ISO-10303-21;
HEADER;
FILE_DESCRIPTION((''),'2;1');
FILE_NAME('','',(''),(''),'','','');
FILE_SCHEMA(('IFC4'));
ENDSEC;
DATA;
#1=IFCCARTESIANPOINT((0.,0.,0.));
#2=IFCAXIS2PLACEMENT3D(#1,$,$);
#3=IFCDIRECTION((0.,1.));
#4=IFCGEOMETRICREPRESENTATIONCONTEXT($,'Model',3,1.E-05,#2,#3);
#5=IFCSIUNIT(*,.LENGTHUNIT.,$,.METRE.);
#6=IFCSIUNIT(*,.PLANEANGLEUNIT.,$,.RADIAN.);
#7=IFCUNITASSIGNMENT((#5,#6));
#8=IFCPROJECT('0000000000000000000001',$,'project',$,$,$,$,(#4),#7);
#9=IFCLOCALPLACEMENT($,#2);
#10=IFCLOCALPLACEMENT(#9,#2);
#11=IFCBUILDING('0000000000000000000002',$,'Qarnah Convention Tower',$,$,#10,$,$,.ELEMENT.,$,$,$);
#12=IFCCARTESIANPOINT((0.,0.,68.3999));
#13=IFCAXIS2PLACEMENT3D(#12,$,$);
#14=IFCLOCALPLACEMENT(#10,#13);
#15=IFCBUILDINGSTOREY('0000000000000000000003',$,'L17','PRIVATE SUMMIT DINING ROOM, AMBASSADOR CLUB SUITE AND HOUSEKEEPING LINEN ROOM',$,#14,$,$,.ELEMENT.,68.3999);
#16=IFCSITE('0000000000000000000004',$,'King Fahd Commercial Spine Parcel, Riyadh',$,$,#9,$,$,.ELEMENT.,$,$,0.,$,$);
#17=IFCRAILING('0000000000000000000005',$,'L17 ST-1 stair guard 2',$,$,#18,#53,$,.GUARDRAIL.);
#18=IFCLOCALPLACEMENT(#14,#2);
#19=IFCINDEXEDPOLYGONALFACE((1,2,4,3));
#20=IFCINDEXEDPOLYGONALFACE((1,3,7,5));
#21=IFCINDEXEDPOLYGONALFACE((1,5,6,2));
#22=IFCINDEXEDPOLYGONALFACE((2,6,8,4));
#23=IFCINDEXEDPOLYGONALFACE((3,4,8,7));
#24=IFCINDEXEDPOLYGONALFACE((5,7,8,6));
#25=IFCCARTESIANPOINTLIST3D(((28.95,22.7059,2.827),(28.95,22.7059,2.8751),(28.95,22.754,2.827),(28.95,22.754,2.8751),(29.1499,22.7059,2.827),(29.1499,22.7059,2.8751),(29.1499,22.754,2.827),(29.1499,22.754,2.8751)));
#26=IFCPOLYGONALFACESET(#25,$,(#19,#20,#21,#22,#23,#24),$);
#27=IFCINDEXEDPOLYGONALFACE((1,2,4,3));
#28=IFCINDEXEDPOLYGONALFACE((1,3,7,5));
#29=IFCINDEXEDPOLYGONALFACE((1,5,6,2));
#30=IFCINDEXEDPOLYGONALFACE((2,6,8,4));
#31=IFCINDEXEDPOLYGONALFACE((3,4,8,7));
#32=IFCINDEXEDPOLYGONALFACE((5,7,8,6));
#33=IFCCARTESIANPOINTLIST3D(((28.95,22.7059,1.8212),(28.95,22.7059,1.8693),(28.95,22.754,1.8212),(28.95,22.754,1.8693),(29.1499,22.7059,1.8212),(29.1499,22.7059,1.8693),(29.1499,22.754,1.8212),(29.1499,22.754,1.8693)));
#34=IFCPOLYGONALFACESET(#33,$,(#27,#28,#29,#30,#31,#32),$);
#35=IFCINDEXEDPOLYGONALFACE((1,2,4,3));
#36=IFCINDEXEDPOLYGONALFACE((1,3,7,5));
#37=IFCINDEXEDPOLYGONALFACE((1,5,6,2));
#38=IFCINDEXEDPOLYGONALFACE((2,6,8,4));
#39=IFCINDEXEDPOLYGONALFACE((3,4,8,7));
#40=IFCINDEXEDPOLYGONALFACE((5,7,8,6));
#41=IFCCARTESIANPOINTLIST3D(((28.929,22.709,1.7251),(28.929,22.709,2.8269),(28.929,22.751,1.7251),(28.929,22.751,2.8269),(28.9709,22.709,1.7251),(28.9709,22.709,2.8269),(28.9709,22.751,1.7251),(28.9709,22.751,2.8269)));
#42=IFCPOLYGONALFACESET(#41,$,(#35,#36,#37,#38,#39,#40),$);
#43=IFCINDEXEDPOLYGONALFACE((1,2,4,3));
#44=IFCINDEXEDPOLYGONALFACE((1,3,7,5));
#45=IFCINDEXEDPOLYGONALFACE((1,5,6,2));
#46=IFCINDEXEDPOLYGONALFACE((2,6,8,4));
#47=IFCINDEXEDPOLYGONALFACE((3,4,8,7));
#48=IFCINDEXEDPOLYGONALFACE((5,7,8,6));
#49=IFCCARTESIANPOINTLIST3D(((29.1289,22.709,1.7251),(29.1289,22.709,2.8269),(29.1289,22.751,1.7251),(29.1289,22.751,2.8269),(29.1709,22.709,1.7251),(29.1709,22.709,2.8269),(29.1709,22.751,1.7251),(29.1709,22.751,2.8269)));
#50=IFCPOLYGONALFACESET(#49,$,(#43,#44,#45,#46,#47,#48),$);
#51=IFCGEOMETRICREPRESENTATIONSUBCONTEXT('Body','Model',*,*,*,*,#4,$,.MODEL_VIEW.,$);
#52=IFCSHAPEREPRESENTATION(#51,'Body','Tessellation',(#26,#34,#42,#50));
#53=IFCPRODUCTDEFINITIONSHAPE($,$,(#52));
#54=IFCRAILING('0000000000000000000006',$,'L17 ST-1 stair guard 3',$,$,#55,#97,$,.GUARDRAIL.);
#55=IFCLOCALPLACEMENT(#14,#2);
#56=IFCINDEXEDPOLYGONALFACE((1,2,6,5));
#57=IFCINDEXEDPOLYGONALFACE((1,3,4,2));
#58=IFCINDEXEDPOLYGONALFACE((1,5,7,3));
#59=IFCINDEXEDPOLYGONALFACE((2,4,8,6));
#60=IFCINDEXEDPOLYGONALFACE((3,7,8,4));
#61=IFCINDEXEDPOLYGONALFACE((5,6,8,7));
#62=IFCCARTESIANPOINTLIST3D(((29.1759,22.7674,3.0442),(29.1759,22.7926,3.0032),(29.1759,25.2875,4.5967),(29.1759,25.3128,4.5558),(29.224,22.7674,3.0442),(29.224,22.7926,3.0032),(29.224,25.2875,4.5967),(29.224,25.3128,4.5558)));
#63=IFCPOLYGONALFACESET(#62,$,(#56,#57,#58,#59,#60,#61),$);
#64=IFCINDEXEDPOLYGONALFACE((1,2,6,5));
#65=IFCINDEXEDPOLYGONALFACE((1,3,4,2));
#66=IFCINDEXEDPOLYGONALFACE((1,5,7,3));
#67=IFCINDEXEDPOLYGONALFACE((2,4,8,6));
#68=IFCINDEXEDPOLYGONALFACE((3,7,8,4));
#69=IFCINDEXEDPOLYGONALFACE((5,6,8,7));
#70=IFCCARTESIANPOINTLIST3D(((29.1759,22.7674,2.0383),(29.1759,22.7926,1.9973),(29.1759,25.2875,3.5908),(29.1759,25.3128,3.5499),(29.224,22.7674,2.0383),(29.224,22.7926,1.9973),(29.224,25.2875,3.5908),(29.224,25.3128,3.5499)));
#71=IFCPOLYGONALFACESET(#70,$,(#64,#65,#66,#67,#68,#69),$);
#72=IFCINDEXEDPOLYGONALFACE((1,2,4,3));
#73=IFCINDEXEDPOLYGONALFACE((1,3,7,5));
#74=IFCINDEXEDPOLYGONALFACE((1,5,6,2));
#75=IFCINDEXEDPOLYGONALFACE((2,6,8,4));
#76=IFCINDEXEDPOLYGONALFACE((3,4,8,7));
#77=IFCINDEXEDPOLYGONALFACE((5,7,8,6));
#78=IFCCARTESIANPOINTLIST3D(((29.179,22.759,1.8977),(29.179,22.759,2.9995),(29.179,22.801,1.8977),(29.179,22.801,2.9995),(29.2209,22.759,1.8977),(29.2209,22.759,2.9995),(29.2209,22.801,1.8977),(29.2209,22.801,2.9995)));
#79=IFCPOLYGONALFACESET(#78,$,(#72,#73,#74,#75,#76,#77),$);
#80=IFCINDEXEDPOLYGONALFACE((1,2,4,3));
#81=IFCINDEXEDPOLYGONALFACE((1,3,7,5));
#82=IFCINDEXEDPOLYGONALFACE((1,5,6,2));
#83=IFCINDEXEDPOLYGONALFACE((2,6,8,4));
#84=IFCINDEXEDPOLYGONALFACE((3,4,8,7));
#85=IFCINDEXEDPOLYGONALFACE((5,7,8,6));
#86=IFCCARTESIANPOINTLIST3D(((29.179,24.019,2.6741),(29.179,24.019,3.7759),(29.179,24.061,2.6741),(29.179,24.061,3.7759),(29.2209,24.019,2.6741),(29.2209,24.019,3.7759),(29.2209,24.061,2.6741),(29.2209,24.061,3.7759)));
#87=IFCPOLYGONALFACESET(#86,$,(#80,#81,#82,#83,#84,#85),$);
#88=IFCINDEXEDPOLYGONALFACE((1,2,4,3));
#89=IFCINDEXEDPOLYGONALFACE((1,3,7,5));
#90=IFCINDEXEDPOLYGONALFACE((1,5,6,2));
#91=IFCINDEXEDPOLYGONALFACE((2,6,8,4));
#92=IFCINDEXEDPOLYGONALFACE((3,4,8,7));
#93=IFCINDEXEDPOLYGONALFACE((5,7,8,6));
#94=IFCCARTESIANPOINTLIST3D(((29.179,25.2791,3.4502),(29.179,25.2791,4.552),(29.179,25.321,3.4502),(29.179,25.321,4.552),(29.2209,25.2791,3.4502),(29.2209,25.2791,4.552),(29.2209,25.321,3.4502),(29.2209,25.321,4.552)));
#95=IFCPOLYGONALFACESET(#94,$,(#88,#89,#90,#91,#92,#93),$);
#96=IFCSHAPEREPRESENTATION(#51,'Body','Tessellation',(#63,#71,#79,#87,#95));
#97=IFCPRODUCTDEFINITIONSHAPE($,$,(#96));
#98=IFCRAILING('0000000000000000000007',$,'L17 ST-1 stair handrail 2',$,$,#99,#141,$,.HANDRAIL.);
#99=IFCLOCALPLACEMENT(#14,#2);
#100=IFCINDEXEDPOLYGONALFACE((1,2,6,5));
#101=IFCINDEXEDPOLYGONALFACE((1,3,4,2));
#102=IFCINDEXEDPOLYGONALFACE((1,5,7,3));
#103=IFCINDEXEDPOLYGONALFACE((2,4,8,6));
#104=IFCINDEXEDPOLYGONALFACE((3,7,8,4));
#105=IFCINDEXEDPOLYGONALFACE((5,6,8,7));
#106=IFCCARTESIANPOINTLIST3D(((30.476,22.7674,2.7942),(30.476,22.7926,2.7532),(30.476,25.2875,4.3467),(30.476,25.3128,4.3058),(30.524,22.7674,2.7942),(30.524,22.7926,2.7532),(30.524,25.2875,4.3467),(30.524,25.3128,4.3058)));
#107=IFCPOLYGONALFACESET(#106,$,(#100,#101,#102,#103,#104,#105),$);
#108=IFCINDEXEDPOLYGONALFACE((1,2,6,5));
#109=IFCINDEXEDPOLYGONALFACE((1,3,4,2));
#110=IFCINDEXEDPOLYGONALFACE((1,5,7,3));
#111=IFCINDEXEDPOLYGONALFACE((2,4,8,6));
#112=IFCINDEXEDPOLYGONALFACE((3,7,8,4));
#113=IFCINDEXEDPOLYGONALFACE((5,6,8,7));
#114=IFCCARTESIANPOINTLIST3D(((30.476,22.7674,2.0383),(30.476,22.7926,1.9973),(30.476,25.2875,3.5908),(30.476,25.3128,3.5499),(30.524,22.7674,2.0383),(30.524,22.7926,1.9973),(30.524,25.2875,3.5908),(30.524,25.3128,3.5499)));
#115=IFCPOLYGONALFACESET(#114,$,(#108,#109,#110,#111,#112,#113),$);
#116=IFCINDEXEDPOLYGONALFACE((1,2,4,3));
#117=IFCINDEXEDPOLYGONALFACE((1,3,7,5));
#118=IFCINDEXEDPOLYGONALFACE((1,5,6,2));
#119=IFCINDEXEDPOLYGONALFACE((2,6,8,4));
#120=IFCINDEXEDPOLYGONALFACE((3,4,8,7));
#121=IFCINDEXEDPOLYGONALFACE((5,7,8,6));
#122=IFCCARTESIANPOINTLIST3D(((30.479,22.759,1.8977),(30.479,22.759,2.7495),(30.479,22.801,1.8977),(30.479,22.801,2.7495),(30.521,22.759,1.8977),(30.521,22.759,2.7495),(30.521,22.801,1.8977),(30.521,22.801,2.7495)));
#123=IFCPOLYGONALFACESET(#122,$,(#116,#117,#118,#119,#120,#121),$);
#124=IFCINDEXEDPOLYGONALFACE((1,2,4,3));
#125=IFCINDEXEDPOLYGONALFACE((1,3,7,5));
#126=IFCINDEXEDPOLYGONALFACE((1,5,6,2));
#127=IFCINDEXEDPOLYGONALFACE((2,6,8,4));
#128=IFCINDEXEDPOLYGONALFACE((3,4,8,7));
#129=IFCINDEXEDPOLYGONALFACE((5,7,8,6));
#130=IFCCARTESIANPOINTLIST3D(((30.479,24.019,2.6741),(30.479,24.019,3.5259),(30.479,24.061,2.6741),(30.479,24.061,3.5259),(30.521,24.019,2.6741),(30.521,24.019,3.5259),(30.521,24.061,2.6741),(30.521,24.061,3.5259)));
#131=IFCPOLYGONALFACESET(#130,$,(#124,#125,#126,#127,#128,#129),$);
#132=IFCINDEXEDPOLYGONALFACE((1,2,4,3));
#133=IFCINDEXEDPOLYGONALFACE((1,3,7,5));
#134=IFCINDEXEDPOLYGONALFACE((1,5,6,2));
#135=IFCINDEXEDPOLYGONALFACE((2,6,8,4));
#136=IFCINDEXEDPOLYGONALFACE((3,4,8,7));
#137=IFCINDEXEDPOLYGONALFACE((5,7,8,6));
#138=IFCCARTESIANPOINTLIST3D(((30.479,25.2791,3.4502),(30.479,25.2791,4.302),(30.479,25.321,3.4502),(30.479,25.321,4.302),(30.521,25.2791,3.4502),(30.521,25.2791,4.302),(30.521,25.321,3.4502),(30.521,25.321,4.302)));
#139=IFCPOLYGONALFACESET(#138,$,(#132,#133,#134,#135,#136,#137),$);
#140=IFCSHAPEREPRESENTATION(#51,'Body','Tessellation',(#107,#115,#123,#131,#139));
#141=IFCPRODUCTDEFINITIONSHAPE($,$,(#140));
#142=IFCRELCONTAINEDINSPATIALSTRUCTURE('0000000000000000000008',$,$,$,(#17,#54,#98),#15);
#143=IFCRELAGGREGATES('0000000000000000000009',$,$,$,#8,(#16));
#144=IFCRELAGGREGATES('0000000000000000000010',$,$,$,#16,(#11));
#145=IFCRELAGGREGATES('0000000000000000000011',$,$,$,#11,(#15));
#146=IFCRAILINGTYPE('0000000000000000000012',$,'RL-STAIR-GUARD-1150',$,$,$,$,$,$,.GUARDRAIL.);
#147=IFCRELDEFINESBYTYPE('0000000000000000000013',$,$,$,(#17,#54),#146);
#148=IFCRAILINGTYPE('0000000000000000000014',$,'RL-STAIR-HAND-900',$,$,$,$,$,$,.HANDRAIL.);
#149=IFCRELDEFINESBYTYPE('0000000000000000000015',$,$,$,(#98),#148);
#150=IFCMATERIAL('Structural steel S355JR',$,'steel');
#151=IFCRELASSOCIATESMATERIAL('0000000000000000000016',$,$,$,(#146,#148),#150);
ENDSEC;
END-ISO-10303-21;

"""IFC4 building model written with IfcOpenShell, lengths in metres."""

from ifc_helpers import new_model, si_unit, direction, frame, origin, origin_2d, place, context, subcontext, project, spatial, rectangle, extrude, material, type_object, element, save


model = new_model("IFC4")

# Units and contexts
model_context = context("Model", 3, precision=1e-05, world=origin(), true_north=direction((0.0, 1.0)))
body_context = subcontext(model_context, "Body", "Model", "MODEL_VIEW")
ifc_project = project(units=[si_unit("LENGTHUNIT", "METRE"), si_unit("PLANEANGLEUNIT", "RADIAN")], contexts=[model_context])

# Site, building, storey
site_placement = place(None, origin())
site = spatial("IfcSite", under=ifc_project, at=site_placement, Name="King Fahd Commercial Spine Parcel, Riyadh", CompositionType="ELEMENT", RefElevation=0.0)
building_placement = place(site_placement, origin())
building = spatial("IfcBuilding", under=site, at=building_placement, Name="Qarnah Convention Tower", CompositionType="ELEMENT")
storey_placement = place(building_placement, frame((0.0, 0.0, 68.3999)))
storey = spatial("IfcBuildingStorey", under=building, at=storey_placement, Name="L17", Description="PRIVATE SUMMIT DINING ROOM, AMBASSADOR CLUB SUITE AND HOUSEKEEPING LINEN ROOM", CompositionType="ELEMENT", Elevation=68.3999)

# Shared definitions
ifc_material_1 = material(Name="Structural steel S355JR", Category="steel")

# Railings
railing_type_1 = type_object("IfcRailingType", Name="RL-STAIR-GUARD-1150", PredefinedType="GUARDRAIL", material=ifc_material_1)
railing_1_placement = place(storey_placement, frame((28.95, 22.73, 1.7251)))
element("IfcRailing", 1, at=railing_1_placement, inside=storey, type_object=railing_type_1, Name="L17 ST-1 stair guard 2", PredefinedType="GUARDRAIL", context=body_context, shape_type="SweptSolid", body=[
    extrude(rectangle(XDim=0.0481, YDim=0.0481, at=origin_2d()), frame((0.0, 0.0, 1.126), z_axis=(1.0, 0.0, 0.0), x_axis=(0.0, 1.0, 0.0)), (0.0, 0.0, 1.0), 0.2),
    extrude(rectangle(XDim=0.0481, YDim=0.0481, at=origin_2d()), frame((0.0, 0.0, 0.1201), z_axis=(1.0, 0.0, 0.0), x_axis=(0.0, 1.0, 0.0)), (0.0, 0.0, 1.0), 0.2),
    extrude(rectangle(XDim=0.042, YDim=0.042, at=origin_2d()), origin(), (0.0, 0.0, 1.0), 1.1018),
    extrude(rectangle(XDim=0.042, YDim=0.042, at=origin_2d()), frame((0.2, 0.0, 0.0)), (0.0, 0.0, 1.0), 1.1018),
])
railing_2_placement = place(storey_placement, frame((29.2, 22.78, 1.8977)))
element("IfcRailing", 2, at=railing_2_placement, inside=storey, type_object=railing_type_1, Name="L17 ST-1 stair guard 3", PredefinedType="GUARDRAIL", context=body_context, shape_type="SweptSolid", body=[
    extrude(rectangle(XDim=0.0481, YDim=0.0481, at=origin_2d()), frame((0.0, 0.0, 1.126), z_axis=(0.0, 0.8514, 0.524516), x_axis=(-1.0, 0.0, 0.0)), (0.0, 0.0, 1.0), 2.96),
    extrude(rectangle(XDim=0.0481, YDim=0.0481, at=origin_2d()), frame((0.0, 0.0, 0.1201), z_axis=(0.0, 0.8514, 0.524516), x_axis=(-1.0, 0.0, 0.0)), (0.0, 0.0, 1.0), 2.96),
    extrude(rectangle(XDim=0.042, YDim=0.042, at=origin_2d()), origin(), (0.0, 0.0, 1.0), 1.1018),
    extrude(rectangle(XDim=0.042, YDim=0.042, at=origin_2d()), frame((0.0, 1.26, 0.7764)), (0.0, 0.0, 1.0), 1.1018),
    extrude(rectangle(XDim=0.042, YDim=0.042, at=origin_2d()), frame((0.0, 2.52, 1.5525)), (0.0, 0.0, 1.0), 1.1018),
])
railing_type_2 = type_object("IfcRailingType", Name="RL-STAIR-HAND-900", PredefinedType="HANDRAIL", material=ifc_material_1)
railing_3_placement = place(storey_placement, frame((30.5, 22.78, 1.8977)))
element("IfcRailing", 3, at=railing_3_placement, inside=storey, type_object=railing_type_2, Name="L17 ST-1 stair handrail 2", PredefinedType="HANDRAIL", context=body_context, shape_type="SweptSolid", body=[
    extrude(rectangle(XDim=0.0481, YDim=0.0481, at=origin_2d()), frame((0.0, 0.0, 0.876), z_axis=(0.0, 0.8514, 0.524516), x_axis=(-1.0, 0.0, 0.0)), (0.0, 0.0, 1.0), 2.96),
    extrude(rectangle(XDim=0.0481, YDim=0.0481, at=origin_2d()), frame((0.0, 0.0, 0.1201), z_axis=(0.0, 0.8514, 0.524516), x_axis=(-1.0, 0.0, 0.0)), (0.0, 0.0, 1.0), 2.96),
    extrude(rectangle(XDim=0.042, YDim=0.042, at=origin_2d()), origin(), (0.0, 0.0, 1.0), 0.8518),
    extrude(rectangle(XDim=0.042, YDim=0.042, at=origin_2d()), frame((0.0, 1.26, 0.7764)), (0.0, 0.0, 1.0), 0.8518),
    extrude(rectangle(XDim=0.042, YDim=0.042, at=origin_2d()), frame((0.0, 2.52, 1.5525)), (0.0, 0.0, 1.0), 0.8518),
])

save(model, "model.ifc")
